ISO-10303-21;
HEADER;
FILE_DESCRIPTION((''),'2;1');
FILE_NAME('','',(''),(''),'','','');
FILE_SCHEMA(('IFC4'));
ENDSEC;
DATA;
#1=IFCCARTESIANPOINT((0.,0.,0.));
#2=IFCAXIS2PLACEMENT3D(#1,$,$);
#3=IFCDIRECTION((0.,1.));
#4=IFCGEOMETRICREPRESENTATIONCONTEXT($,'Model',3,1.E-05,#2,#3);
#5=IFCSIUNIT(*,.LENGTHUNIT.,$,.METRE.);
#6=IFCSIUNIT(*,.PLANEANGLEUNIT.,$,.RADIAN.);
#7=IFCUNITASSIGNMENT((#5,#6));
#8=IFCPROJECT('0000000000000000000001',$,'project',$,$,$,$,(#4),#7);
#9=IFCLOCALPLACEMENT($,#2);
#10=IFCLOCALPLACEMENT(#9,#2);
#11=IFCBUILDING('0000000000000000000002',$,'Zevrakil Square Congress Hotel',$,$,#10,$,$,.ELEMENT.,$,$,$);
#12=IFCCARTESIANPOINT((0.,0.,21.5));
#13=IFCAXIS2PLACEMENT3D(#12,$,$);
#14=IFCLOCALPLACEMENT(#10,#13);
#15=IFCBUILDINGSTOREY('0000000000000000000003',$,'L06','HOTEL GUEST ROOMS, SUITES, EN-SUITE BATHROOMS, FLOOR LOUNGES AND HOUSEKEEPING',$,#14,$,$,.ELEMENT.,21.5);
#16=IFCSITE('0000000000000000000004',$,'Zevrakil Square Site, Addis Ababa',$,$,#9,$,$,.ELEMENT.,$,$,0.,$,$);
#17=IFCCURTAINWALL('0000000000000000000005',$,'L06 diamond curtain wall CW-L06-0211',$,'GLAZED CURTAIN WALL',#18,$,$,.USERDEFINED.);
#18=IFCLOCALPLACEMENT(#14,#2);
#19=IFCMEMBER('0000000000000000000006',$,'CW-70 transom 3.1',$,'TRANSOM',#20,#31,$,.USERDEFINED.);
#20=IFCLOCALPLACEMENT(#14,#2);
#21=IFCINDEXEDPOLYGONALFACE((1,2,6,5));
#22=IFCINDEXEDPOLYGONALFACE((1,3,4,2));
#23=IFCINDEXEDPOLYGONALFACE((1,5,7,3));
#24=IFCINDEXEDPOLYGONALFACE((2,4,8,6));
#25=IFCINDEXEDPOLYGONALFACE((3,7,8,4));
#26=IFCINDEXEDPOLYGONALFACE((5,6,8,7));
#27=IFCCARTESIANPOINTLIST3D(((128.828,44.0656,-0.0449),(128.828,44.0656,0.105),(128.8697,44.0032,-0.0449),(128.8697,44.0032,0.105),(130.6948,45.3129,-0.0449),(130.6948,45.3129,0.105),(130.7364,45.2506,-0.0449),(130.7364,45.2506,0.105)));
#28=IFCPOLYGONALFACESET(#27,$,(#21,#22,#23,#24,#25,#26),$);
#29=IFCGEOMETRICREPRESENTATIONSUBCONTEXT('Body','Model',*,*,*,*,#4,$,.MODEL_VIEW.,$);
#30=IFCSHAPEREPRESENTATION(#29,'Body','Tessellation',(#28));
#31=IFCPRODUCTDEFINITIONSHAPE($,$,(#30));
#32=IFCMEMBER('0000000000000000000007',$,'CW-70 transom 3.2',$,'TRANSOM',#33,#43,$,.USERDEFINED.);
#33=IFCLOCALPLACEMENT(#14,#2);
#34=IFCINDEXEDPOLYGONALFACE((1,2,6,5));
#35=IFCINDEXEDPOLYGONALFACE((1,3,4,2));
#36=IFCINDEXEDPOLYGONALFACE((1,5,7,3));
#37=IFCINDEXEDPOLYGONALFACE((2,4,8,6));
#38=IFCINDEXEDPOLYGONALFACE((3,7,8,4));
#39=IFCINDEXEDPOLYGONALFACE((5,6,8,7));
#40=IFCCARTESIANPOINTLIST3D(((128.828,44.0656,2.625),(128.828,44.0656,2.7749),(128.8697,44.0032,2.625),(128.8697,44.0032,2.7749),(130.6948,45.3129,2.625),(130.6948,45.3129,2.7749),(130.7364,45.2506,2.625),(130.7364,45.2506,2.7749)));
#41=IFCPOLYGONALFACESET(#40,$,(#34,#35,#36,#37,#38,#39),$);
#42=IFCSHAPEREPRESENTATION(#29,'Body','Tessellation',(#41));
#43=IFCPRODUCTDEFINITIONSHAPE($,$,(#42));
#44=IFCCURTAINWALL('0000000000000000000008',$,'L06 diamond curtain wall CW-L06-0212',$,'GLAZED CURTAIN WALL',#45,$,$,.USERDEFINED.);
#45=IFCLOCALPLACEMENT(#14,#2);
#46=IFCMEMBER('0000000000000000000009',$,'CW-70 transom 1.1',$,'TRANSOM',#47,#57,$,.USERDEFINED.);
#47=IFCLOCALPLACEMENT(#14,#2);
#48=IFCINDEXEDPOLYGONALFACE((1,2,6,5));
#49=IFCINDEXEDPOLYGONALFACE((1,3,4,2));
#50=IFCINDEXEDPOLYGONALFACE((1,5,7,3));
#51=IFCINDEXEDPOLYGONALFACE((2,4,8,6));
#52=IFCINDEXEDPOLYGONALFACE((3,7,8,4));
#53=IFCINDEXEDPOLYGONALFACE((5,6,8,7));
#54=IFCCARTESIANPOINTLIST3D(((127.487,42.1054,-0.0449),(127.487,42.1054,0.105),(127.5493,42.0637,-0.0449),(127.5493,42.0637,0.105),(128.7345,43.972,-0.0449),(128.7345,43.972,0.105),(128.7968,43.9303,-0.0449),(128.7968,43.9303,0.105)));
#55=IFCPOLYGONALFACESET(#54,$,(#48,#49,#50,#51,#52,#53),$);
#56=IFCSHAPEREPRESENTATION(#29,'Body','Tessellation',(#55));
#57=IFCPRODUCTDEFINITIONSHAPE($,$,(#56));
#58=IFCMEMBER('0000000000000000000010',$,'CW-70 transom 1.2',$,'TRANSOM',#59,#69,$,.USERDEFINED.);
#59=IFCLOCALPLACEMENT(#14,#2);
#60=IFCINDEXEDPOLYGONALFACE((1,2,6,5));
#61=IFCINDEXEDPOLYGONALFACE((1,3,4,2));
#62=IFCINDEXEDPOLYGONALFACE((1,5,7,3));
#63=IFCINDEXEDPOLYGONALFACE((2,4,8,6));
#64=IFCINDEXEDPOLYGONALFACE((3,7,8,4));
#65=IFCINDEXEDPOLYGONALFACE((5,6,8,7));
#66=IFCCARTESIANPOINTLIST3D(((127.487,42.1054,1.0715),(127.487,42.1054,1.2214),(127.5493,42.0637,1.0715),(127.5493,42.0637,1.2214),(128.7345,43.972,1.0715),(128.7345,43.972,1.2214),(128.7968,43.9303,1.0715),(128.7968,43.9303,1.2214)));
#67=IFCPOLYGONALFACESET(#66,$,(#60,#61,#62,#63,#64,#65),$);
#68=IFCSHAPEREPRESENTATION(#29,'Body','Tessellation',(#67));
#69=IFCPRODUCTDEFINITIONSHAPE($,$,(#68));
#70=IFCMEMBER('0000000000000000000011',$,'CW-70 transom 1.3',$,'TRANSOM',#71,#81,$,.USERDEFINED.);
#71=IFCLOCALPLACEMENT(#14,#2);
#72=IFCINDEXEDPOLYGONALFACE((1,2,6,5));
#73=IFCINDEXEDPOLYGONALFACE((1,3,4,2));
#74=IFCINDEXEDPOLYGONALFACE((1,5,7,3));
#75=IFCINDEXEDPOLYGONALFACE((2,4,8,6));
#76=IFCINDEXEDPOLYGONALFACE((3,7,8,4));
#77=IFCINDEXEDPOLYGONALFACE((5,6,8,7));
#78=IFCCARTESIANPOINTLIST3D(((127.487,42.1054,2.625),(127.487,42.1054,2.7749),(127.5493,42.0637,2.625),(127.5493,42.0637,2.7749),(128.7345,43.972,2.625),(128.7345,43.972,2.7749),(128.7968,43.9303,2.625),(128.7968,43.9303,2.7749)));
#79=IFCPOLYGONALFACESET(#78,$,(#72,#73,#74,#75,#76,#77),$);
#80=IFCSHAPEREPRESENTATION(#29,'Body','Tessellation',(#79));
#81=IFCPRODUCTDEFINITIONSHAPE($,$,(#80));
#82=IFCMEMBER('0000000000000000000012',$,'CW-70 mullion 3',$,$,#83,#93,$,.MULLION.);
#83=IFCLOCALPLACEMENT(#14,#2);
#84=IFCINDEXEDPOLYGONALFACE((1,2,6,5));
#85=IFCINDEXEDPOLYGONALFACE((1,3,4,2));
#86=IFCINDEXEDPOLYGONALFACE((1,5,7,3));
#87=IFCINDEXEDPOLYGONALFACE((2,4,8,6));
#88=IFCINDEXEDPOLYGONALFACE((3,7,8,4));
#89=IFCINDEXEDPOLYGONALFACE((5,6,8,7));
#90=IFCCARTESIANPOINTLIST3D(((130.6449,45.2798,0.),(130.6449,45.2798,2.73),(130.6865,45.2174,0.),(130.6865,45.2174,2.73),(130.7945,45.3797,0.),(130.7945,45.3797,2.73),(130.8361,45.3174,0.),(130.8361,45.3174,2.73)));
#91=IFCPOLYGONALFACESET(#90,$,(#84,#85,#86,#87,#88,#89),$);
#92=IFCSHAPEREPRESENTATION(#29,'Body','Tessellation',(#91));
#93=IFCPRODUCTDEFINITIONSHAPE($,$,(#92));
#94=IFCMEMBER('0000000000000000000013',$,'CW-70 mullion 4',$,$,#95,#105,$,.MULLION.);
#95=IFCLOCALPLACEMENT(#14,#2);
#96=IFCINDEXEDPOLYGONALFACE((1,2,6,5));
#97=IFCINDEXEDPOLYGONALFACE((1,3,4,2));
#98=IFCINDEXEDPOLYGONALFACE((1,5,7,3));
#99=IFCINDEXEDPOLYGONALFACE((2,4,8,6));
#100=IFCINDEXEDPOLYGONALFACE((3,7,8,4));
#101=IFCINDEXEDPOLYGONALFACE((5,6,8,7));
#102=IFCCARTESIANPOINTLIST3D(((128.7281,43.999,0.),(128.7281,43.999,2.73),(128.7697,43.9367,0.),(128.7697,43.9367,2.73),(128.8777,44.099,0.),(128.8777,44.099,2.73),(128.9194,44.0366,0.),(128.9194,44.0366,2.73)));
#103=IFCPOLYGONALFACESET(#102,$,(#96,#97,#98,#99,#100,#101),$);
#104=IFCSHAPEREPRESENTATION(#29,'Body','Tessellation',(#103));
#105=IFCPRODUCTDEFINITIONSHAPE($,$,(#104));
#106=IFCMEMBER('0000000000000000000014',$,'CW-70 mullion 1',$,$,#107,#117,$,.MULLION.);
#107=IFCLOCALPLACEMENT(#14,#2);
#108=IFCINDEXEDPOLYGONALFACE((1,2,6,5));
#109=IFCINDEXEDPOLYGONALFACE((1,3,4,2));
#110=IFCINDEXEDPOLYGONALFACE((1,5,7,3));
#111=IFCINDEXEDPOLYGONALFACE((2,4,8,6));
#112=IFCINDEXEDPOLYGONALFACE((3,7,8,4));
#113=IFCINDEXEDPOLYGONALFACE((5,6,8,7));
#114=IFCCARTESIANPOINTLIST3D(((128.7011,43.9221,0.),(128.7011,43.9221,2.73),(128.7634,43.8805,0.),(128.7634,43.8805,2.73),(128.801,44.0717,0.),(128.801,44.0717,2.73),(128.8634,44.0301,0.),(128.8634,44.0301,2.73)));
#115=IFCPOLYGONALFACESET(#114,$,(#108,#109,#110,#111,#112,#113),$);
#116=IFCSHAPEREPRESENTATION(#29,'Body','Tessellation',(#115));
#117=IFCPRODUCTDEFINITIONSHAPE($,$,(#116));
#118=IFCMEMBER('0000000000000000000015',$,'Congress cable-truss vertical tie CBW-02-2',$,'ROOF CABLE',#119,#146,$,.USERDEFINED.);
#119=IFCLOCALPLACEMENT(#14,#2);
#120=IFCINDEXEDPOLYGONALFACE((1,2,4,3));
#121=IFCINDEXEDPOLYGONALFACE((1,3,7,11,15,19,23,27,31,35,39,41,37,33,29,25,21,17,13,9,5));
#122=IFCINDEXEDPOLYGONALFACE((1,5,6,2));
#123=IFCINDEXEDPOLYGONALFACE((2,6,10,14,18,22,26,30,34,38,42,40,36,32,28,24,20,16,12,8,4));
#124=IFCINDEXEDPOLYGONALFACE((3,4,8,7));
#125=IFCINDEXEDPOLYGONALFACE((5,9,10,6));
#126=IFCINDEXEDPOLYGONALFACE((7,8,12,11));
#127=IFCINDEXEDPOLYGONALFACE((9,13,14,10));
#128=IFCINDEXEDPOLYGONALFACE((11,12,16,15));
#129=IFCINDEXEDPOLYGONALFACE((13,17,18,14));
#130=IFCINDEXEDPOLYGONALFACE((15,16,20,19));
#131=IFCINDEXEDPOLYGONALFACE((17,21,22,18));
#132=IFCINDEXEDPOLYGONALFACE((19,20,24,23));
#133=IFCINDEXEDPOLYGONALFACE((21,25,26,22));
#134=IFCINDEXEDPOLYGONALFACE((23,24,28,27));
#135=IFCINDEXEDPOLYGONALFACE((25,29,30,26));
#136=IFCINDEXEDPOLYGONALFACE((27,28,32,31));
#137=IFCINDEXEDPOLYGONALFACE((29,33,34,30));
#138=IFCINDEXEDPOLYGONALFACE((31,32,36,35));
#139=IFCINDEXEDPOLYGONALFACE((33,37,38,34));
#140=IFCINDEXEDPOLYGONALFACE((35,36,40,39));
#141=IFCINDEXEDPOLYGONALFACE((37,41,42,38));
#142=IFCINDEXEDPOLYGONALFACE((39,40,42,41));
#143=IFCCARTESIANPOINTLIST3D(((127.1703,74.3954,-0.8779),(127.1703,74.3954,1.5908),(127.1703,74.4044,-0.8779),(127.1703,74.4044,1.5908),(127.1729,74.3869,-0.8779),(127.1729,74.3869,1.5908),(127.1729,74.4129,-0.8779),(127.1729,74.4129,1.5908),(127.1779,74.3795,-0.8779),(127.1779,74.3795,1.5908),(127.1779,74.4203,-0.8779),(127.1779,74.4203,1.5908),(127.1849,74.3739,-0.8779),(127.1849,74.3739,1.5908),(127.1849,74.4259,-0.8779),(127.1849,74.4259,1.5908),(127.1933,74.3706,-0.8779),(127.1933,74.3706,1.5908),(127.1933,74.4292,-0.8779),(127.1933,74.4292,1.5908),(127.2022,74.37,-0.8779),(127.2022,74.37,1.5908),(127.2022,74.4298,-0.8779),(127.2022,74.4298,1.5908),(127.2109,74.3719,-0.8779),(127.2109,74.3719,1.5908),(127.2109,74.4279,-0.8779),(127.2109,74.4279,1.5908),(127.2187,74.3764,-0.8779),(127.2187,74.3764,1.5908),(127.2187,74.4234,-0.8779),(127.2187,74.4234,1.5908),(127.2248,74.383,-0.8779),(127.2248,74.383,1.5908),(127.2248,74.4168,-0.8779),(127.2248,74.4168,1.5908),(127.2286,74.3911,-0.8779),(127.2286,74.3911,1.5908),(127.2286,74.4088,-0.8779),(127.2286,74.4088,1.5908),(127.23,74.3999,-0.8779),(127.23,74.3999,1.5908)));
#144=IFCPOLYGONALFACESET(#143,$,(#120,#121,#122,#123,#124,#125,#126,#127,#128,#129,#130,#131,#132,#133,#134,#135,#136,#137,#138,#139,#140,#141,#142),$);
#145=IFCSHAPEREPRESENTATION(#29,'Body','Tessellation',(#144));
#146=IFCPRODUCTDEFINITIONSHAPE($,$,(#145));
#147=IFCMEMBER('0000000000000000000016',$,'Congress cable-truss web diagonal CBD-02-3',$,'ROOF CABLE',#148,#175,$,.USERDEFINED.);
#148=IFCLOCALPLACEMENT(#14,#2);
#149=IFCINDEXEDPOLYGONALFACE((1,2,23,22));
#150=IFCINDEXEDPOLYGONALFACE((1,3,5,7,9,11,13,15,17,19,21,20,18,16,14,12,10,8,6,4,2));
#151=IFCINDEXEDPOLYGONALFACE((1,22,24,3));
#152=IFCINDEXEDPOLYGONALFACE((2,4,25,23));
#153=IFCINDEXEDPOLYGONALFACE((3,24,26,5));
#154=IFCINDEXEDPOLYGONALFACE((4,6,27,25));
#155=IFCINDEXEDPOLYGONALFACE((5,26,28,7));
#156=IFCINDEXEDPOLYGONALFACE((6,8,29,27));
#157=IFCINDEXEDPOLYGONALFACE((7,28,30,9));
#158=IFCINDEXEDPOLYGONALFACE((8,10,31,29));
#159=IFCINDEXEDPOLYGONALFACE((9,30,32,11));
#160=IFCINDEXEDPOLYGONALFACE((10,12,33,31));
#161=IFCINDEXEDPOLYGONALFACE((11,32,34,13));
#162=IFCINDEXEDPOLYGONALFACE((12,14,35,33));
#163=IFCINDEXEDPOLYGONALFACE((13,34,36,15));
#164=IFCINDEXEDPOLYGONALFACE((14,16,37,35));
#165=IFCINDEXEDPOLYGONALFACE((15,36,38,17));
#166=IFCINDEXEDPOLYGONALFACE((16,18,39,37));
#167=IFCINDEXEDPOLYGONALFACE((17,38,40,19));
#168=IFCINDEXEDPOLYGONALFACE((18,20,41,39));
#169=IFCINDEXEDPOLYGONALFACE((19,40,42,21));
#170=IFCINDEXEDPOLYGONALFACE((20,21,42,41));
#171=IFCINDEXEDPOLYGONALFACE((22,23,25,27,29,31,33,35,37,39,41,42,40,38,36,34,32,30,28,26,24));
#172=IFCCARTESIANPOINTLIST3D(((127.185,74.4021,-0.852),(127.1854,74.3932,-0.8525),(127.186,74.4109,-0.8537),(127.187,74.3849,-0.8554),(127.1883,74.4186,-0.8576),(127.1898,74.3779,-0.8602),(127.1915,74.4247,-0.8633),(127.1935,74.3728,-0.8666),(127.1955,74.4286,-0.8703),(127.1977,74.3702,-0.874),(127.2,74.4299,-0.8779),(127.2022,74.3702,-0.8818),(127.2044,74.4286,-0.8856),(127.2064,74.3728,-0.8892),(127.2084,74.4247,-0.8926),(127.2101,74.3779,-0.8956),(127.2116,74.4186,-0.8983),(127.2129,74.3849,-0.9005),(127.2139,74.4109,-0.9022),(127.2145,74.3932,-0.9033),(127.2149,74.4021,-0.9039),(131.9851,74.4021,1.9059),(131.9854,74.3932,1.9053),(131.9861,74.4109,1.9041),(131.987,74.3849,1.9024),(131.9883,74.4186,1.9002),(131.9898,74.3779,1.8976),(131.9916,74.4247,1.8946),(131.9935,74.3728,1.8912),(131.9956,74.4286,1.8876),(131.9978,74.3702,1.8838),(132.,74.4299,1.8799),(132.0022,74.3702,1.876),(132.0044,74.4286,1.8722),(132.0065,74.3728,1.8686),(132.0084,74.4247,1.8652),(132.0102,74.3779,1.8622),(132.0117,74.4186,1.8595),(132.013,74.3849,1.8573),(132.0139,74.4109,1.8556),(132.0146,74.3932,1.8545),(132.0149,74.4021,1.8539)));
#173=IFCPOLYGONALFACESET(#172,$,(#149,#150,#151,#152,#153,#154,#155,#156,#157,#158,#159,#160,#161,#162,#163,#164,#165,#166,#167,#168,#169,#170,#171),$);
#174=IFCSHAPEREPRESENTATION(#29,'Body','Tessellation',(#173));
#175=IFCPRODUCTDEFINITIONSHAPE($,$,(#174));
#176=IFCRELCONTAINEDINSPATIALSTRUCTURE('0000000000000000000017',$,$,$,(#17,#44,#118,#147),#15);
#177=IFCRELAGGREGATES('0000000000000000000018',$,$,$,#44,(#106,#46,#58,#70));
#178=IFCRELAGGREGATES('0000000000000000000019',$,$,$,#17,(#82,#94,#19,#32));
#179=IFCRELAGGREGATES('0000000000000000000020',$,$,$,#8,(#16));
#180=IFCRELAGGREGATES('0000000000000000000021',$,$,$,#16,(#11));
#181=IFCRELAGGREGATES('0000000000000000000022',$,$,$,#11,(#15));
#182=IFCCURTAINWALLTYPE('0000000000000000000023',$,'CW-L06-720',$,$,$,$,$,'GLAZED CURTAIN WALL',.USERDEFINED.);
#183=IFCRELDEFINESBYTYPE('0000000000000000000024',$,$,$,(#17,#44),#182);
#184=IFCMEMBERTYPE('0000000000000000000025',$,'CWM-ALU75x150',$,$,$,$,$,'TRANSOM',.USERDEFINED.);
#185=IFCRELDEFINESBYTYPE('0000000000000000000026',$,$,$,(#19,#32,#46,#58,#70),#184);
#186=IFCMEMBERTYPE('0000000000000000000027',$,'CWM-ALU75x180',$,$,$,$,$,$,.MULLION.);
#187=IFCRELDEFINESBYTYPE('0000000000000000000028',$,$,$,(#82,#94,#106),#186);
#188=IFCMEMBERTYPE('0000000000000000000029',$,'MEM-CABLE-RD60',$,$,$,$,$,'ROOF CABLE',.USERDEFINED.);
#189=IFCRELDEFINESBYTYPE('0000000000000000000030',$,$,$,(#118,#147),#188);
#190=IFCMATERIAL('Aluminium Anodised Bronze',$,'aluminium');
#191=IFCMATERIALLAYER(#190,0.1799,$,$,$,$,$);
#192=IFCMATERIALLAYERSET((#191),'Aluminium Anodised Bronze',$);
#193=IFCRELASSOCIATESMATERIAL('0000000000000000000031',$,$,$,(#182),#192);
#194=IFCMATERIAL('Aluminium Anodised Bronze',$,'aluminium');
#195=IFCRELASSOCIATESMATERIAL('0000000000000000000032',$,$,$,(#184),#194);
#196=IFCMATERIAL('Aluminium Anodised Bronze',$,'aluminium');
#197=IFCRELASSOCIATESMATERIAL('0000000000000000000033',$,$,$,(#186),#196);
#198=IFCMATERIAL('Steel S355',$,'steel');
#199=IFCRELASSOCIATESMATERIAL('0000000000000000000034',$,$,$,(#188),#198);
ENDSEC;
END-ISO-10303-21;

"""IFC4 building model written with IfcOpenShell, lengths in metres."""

from ifc_helpers import new_model, si_unit, direction, frame, origin, origin_2d, place, context, subcontext, project, spatial, rectangle, circle, extrude, material, layer, layer_set, material_profile, profile_set, type_object, element, aggregate, save


model = new_model("IFC4")

# Units and contexts
model_context = context("Model", 3, precision=1e-05, world=origin(), true_north=direction((0.0, 1.0)))
body_context = subcontext(model_context, "Body", "Model", "MODEL_VIEW")
ifc_project = project(units=[si_unit("LENGTHUNIT", "METRE"), si_unit("PLANEANGLEUNIT", "RADIAN")], contexts=[model_context])

# Site, building, storey
site_placement = place(None, origin())
site = spatial("IfcSite", under=ifc_project, at=site_placement, Name="Zevrakil Square Site, Addis Ababa", CompositionType="ELEMENT", RefElevation=0.0)
building_placement = place(site_placement, origin())
building = spatial("IfcBuilding", under=site, at=building_placement, Name="Zevrakil Square Congress Hotel", CompositionType="ELEMENT")
storey_placement = place(building_placement, frame((0.0, 0.0, 21.5)))
storey = spatial("IfcBuildingStorey", under=building, at=storey_placement, Name="L06", Description="HOTEL GUEST ROOMS, SUITES, EN-SUITE BATHROOMS, FLOOR LOUNGES AND HOUSEKEEPING", CompositionType="ELEMENT", Elevation=21.5)

# Curtain walls, members
ifc_material_1 = material(Name="Aluminium Anodised Bronze", Category="aluminium")
ifc_layer_1 = layer(ifc_material_1, 0.1799)
ifc_layer_set_1 = layer_set([ifc_layer_1], Name="Aluminium Anodised Bronze")
curtain_wall_type = type_object("IfcCurtainWallType", Name="CW-L06-720", ElementType="GLAZED CURTAIN WALL", PredefinedType="USERDEFINED", material=ifc_layer_set_1)
curtain_wall_1_placement = place(storey_placement, origin())
curtain_wall_1 = element("IfcCurtainWall", 1, at=curtain_wall_1_placement, inside=storey, type_object=curtain_wall_type, Name="L06 diamond curtain wall CW-L06-0211", ObjectType="GLAZED CURTAIN WALL", PredefinedType="USERDEFINED")
ifc_material_2 = material(Name="Aluminium Anodised Bronze", Category="aluminium")
ifc_material_profile_1 = material_profile(ifc_material_2, rectangle(XDim=0.075, YDim=0.1499, at=origin_2d()), Name="ALU 75x150")
ifc_profile_set_1 = profile_set([ifc_material_profile_1], Name="Aluminium Anodised Bronze")
member_type_1 = type_object("IfcMemberType", Name="CWM-ALU75x150", ElementType="TRANSOM", PredefinedType="USERDEFINED", material=ifc_profile_set_1)
member_1_placement = place(storey_placement, frame((130.7156, 45.2817, 0.03), z_axis=(-0.831464, -0.555578, 0.0), x_axis=(0.555578, -0.831464, 0.0)))
member_1 = element("IfcMember", 2, at=member_1_placement, type_object=member_type_1, Name="CW-70 transom 3.1", ObjectType="TRANSOM", PredefinedType="USERDEFINED", context=body_context, shape_type="SweptSolid", body=[
    extrude(rectangle(XDim=0.075, YDim=0.1499, at=origin_2d()), origin(), (0.0, 0.0, 1.0), 2.2451),
])
member_2_placement = place(storey_placement, frame((130.7156, 45.2817, 2.7), z_axis=(-0.831464, -0.555578, 0.0), x_axis=(0.555578, -0.831464, 0.0)))
member_2 = element("IfcMember", 3, at=member_2_placement, type_object=member_type_1, Name="CW-70 transom 3.2", ObjectType="TRANSOM", PredefinedType="USERDEFINED", context=body_context, shape_type="SweptSolid", body=[
    extrude(rectangle(XDim=0.075, YDim=0.1499, at=origin_2d()), origin(), (0.0, 0.0, 1.0), 2.2451),
])
curtain_wall_2_placement = place(storey_placement, origin())
curtain_wall_2 = element("IfcCurtainWall", 4, at=curtain_wall_2_placement, inside=storey, type_object=curtain_wall_type, Name="L06 diamond curtain wall CW-L06-0212", ObjectType="GLAZED CURTAIN WALL", PredefinedType="USERDEFINED")
member_3_placement = place(storey_placement, frame((128.7656, 43.9512, 0.03), z_axis=(-0.555653, -0.831414, 0.0), x_axis=(0.831414, -0.555653, 0.0)))
member_3 = element("IfcMember", 5, at=member_3_placement, type_object=member_type_1, Name="CW-70 transom 1.1", ObjectType="TRANSOM", PredefinedType="USERDEFINED", context=body_context, shape_type="SweptSolid", body=[
    extrude(rectangle(XDim=0.075, YDim=0.1499, at=origin_2d()), origin(), (0.0, 0.0, 1.0), 2.2451),
])
member_4_placement = place(storey_placement, frame((128.7656, 43.9512, 1.1465), z_axis=(-0.555653, -0.831414, 0.0), x_axis=(0.831414, -0.555653, 0.0)))
member_4 = element("IfcMember", 6, at=member_4_placement, type_object=member_type_1, Name="CW-70 transom 1.2", ObjectType="TRANSOM", PredefinedType="USERDEFINED", context=body_context, shape_type="SweptSolid", body=[
    extrude(rectangle(XDim=0.075, YDim=0.1499, at=origin_2d()), origin(), (0.0, 0.0, 1.0), 2.2451),
])
member_5_placement = place(storey_placement, frame((128.7656, 43.9512, 2.7), z_axis=(-0.555653, -0.831414, 0.0), x_axis=(0.831414, -0.555653, 0.0)))
member_5 = element("IfcMember", 7, at=member_5_placement, type_object=member_type_1, Name="CW-70 transom 1.3", ObjectType="TRANSOM", PredefinedType="USERDEFINED", context=body_context, shape_type="SweptSolid", body=[
    extrude(rectangle(XDim=0.075, YDim=0.1499, at=origin_2d()), origin(), (0.0, 0.0, 1.0), 2.2451),
])

# Members
ifc_material_3 = material(Name="Aluminium Anodised Bronze", Category="aluminium")
ifc_material_profile_2 = material_profile(ifc_material_3, rectangle(XDim=0.075, YDim=0.1799, at=origin_2d()), Name="ALU 75x180")
ifc_profile_set_2 = profile_set([ifc_material_profile_2], Name="Aluminium Anodised Bronze")
member_type_2 = type_object("IfcMemberType", Name="CWM-ALU75x180", PredefinedType="MULLION", material=ifc_profile_set_2)
member_6_placement = place(storey_placement, frame((130.7405, 45.2986, 0.0), z_axis=(0.0, 0.0, 1.0), x_axis=(0.555576, -0.831466, 0.0)))
member_6 = element("IfcMember", 8, at=member_6_placement, type_object=member_type_2, Name="CW-70 mullion 3", PredefinedType="MULLION", context=body_context, shape_type="SweptSolid", body=[
    extrude(rectangle(XDim=0.075, YDim=0.1799, at=origin_2d()), origin(), (0.0, 0.0, 1.0), 2.73),
])
member_7_placement = place(storey_placement, frame((128.8237, 44.0178, 0.0), z_axis=(0.0, 0.0, 1.0), x_axis=(0.555576, -0.831466, 0.0)))
member_7 = element("IfcMember", 9, at=member_7_placement, type_object=member_type_2, Name="CW-70 mullion 4", PredefinedType="MULLION", context=body_context, shape_type="SweptSolid", body=[
    extrude(rectangle(XDim=0.075, YDim=0.1799, at=origin_2d()), origin(), (0.0, 0.0, 1.0), 2.73),
])
member_8_placement = place(storey_placement, frame((128.7822, 43.9761, 0.0), z_axis=(0.0, 0.0, 1.0), x_axis=(0.831466, -0.555576, 0.0)))
member_8 = element("IfcMember", 10, at=member_8_placement, type_object=member_type_2, Name="CW-70 mullion 1", PredefinedType="MULLION", context=body_context, shape_type="SweptSolid", body=[
    extrude(rectangle(XDim=0.075, YDim=0.1799, at=origin_2d()), origin(), (0.0, 0.0, 1.0), 2.73),
])
aggregate(curtain_wall_2, [member_8, member_3, member_4, member_5])

# Members
ifc_material_4 = material(Name="Steel S355", Category="steel")
ifc_material_profile_3 = material_profile(ifc_material_4, circle(Radius=0.03, at=origin_2d()), Name="CABLE RD60")
ifc_profile_set_3 = profile_set([ifc_material_profile_3], Name="Steel S355")
member_type_3 = type_object("IfcMemberType", Name="MEM-CABLE-RD60", ElementType="ROOF CABLE", PredefinedType="USERDEFINED", material=ifc_profile_set_3)
member_9_placement = place(storey_placement, frame((127.2, 74.3999, -0.8779), z_axis=(0.0, 0.0, 1.0), x_axis=(1.0, 0.0, 0.0)))
element("IfcMember", 11, at=member_9_placement, inside=storey, type_object=member_type_3, Name="Congress cable-truss vertical tie CBW-02-2", ObjectType="ROOF CABLE", PredefinedType="USERDEFINED", context=body_context, shape_type="SweptSolid", body=[
    extrude(circle(Radius=0.03, at=origin_2d()), origin(), (0.0, 0.0, 1.0), 2.4688),
])
member_10_placement = place(storey_placement, frame((127.2, 74.3999, -0.8779), z_axis=(0.867079, 0.0, 0.49817), x_axis=(0.0, 1.0, 0.0)))
element("IfcMember", 12, at=member_10_placement, inside=storey, type_object=member_type_3, Name="Congress cable-truss web diagonal CBD-02-3", ObjectType="ROOF CABLE", PredefinedType="USERDEFINED", context=body_context, shape_type="SweptSolid", body=[
    extrude(circle(Radius=0.03, at=origin_2d()), origin(), (0.0, 0.0, 1.0), 5.5359),
])

aggregate(curtain_wall_1, [member_6, member_7, member_1, member_2])

save(model, "model.ifc")
